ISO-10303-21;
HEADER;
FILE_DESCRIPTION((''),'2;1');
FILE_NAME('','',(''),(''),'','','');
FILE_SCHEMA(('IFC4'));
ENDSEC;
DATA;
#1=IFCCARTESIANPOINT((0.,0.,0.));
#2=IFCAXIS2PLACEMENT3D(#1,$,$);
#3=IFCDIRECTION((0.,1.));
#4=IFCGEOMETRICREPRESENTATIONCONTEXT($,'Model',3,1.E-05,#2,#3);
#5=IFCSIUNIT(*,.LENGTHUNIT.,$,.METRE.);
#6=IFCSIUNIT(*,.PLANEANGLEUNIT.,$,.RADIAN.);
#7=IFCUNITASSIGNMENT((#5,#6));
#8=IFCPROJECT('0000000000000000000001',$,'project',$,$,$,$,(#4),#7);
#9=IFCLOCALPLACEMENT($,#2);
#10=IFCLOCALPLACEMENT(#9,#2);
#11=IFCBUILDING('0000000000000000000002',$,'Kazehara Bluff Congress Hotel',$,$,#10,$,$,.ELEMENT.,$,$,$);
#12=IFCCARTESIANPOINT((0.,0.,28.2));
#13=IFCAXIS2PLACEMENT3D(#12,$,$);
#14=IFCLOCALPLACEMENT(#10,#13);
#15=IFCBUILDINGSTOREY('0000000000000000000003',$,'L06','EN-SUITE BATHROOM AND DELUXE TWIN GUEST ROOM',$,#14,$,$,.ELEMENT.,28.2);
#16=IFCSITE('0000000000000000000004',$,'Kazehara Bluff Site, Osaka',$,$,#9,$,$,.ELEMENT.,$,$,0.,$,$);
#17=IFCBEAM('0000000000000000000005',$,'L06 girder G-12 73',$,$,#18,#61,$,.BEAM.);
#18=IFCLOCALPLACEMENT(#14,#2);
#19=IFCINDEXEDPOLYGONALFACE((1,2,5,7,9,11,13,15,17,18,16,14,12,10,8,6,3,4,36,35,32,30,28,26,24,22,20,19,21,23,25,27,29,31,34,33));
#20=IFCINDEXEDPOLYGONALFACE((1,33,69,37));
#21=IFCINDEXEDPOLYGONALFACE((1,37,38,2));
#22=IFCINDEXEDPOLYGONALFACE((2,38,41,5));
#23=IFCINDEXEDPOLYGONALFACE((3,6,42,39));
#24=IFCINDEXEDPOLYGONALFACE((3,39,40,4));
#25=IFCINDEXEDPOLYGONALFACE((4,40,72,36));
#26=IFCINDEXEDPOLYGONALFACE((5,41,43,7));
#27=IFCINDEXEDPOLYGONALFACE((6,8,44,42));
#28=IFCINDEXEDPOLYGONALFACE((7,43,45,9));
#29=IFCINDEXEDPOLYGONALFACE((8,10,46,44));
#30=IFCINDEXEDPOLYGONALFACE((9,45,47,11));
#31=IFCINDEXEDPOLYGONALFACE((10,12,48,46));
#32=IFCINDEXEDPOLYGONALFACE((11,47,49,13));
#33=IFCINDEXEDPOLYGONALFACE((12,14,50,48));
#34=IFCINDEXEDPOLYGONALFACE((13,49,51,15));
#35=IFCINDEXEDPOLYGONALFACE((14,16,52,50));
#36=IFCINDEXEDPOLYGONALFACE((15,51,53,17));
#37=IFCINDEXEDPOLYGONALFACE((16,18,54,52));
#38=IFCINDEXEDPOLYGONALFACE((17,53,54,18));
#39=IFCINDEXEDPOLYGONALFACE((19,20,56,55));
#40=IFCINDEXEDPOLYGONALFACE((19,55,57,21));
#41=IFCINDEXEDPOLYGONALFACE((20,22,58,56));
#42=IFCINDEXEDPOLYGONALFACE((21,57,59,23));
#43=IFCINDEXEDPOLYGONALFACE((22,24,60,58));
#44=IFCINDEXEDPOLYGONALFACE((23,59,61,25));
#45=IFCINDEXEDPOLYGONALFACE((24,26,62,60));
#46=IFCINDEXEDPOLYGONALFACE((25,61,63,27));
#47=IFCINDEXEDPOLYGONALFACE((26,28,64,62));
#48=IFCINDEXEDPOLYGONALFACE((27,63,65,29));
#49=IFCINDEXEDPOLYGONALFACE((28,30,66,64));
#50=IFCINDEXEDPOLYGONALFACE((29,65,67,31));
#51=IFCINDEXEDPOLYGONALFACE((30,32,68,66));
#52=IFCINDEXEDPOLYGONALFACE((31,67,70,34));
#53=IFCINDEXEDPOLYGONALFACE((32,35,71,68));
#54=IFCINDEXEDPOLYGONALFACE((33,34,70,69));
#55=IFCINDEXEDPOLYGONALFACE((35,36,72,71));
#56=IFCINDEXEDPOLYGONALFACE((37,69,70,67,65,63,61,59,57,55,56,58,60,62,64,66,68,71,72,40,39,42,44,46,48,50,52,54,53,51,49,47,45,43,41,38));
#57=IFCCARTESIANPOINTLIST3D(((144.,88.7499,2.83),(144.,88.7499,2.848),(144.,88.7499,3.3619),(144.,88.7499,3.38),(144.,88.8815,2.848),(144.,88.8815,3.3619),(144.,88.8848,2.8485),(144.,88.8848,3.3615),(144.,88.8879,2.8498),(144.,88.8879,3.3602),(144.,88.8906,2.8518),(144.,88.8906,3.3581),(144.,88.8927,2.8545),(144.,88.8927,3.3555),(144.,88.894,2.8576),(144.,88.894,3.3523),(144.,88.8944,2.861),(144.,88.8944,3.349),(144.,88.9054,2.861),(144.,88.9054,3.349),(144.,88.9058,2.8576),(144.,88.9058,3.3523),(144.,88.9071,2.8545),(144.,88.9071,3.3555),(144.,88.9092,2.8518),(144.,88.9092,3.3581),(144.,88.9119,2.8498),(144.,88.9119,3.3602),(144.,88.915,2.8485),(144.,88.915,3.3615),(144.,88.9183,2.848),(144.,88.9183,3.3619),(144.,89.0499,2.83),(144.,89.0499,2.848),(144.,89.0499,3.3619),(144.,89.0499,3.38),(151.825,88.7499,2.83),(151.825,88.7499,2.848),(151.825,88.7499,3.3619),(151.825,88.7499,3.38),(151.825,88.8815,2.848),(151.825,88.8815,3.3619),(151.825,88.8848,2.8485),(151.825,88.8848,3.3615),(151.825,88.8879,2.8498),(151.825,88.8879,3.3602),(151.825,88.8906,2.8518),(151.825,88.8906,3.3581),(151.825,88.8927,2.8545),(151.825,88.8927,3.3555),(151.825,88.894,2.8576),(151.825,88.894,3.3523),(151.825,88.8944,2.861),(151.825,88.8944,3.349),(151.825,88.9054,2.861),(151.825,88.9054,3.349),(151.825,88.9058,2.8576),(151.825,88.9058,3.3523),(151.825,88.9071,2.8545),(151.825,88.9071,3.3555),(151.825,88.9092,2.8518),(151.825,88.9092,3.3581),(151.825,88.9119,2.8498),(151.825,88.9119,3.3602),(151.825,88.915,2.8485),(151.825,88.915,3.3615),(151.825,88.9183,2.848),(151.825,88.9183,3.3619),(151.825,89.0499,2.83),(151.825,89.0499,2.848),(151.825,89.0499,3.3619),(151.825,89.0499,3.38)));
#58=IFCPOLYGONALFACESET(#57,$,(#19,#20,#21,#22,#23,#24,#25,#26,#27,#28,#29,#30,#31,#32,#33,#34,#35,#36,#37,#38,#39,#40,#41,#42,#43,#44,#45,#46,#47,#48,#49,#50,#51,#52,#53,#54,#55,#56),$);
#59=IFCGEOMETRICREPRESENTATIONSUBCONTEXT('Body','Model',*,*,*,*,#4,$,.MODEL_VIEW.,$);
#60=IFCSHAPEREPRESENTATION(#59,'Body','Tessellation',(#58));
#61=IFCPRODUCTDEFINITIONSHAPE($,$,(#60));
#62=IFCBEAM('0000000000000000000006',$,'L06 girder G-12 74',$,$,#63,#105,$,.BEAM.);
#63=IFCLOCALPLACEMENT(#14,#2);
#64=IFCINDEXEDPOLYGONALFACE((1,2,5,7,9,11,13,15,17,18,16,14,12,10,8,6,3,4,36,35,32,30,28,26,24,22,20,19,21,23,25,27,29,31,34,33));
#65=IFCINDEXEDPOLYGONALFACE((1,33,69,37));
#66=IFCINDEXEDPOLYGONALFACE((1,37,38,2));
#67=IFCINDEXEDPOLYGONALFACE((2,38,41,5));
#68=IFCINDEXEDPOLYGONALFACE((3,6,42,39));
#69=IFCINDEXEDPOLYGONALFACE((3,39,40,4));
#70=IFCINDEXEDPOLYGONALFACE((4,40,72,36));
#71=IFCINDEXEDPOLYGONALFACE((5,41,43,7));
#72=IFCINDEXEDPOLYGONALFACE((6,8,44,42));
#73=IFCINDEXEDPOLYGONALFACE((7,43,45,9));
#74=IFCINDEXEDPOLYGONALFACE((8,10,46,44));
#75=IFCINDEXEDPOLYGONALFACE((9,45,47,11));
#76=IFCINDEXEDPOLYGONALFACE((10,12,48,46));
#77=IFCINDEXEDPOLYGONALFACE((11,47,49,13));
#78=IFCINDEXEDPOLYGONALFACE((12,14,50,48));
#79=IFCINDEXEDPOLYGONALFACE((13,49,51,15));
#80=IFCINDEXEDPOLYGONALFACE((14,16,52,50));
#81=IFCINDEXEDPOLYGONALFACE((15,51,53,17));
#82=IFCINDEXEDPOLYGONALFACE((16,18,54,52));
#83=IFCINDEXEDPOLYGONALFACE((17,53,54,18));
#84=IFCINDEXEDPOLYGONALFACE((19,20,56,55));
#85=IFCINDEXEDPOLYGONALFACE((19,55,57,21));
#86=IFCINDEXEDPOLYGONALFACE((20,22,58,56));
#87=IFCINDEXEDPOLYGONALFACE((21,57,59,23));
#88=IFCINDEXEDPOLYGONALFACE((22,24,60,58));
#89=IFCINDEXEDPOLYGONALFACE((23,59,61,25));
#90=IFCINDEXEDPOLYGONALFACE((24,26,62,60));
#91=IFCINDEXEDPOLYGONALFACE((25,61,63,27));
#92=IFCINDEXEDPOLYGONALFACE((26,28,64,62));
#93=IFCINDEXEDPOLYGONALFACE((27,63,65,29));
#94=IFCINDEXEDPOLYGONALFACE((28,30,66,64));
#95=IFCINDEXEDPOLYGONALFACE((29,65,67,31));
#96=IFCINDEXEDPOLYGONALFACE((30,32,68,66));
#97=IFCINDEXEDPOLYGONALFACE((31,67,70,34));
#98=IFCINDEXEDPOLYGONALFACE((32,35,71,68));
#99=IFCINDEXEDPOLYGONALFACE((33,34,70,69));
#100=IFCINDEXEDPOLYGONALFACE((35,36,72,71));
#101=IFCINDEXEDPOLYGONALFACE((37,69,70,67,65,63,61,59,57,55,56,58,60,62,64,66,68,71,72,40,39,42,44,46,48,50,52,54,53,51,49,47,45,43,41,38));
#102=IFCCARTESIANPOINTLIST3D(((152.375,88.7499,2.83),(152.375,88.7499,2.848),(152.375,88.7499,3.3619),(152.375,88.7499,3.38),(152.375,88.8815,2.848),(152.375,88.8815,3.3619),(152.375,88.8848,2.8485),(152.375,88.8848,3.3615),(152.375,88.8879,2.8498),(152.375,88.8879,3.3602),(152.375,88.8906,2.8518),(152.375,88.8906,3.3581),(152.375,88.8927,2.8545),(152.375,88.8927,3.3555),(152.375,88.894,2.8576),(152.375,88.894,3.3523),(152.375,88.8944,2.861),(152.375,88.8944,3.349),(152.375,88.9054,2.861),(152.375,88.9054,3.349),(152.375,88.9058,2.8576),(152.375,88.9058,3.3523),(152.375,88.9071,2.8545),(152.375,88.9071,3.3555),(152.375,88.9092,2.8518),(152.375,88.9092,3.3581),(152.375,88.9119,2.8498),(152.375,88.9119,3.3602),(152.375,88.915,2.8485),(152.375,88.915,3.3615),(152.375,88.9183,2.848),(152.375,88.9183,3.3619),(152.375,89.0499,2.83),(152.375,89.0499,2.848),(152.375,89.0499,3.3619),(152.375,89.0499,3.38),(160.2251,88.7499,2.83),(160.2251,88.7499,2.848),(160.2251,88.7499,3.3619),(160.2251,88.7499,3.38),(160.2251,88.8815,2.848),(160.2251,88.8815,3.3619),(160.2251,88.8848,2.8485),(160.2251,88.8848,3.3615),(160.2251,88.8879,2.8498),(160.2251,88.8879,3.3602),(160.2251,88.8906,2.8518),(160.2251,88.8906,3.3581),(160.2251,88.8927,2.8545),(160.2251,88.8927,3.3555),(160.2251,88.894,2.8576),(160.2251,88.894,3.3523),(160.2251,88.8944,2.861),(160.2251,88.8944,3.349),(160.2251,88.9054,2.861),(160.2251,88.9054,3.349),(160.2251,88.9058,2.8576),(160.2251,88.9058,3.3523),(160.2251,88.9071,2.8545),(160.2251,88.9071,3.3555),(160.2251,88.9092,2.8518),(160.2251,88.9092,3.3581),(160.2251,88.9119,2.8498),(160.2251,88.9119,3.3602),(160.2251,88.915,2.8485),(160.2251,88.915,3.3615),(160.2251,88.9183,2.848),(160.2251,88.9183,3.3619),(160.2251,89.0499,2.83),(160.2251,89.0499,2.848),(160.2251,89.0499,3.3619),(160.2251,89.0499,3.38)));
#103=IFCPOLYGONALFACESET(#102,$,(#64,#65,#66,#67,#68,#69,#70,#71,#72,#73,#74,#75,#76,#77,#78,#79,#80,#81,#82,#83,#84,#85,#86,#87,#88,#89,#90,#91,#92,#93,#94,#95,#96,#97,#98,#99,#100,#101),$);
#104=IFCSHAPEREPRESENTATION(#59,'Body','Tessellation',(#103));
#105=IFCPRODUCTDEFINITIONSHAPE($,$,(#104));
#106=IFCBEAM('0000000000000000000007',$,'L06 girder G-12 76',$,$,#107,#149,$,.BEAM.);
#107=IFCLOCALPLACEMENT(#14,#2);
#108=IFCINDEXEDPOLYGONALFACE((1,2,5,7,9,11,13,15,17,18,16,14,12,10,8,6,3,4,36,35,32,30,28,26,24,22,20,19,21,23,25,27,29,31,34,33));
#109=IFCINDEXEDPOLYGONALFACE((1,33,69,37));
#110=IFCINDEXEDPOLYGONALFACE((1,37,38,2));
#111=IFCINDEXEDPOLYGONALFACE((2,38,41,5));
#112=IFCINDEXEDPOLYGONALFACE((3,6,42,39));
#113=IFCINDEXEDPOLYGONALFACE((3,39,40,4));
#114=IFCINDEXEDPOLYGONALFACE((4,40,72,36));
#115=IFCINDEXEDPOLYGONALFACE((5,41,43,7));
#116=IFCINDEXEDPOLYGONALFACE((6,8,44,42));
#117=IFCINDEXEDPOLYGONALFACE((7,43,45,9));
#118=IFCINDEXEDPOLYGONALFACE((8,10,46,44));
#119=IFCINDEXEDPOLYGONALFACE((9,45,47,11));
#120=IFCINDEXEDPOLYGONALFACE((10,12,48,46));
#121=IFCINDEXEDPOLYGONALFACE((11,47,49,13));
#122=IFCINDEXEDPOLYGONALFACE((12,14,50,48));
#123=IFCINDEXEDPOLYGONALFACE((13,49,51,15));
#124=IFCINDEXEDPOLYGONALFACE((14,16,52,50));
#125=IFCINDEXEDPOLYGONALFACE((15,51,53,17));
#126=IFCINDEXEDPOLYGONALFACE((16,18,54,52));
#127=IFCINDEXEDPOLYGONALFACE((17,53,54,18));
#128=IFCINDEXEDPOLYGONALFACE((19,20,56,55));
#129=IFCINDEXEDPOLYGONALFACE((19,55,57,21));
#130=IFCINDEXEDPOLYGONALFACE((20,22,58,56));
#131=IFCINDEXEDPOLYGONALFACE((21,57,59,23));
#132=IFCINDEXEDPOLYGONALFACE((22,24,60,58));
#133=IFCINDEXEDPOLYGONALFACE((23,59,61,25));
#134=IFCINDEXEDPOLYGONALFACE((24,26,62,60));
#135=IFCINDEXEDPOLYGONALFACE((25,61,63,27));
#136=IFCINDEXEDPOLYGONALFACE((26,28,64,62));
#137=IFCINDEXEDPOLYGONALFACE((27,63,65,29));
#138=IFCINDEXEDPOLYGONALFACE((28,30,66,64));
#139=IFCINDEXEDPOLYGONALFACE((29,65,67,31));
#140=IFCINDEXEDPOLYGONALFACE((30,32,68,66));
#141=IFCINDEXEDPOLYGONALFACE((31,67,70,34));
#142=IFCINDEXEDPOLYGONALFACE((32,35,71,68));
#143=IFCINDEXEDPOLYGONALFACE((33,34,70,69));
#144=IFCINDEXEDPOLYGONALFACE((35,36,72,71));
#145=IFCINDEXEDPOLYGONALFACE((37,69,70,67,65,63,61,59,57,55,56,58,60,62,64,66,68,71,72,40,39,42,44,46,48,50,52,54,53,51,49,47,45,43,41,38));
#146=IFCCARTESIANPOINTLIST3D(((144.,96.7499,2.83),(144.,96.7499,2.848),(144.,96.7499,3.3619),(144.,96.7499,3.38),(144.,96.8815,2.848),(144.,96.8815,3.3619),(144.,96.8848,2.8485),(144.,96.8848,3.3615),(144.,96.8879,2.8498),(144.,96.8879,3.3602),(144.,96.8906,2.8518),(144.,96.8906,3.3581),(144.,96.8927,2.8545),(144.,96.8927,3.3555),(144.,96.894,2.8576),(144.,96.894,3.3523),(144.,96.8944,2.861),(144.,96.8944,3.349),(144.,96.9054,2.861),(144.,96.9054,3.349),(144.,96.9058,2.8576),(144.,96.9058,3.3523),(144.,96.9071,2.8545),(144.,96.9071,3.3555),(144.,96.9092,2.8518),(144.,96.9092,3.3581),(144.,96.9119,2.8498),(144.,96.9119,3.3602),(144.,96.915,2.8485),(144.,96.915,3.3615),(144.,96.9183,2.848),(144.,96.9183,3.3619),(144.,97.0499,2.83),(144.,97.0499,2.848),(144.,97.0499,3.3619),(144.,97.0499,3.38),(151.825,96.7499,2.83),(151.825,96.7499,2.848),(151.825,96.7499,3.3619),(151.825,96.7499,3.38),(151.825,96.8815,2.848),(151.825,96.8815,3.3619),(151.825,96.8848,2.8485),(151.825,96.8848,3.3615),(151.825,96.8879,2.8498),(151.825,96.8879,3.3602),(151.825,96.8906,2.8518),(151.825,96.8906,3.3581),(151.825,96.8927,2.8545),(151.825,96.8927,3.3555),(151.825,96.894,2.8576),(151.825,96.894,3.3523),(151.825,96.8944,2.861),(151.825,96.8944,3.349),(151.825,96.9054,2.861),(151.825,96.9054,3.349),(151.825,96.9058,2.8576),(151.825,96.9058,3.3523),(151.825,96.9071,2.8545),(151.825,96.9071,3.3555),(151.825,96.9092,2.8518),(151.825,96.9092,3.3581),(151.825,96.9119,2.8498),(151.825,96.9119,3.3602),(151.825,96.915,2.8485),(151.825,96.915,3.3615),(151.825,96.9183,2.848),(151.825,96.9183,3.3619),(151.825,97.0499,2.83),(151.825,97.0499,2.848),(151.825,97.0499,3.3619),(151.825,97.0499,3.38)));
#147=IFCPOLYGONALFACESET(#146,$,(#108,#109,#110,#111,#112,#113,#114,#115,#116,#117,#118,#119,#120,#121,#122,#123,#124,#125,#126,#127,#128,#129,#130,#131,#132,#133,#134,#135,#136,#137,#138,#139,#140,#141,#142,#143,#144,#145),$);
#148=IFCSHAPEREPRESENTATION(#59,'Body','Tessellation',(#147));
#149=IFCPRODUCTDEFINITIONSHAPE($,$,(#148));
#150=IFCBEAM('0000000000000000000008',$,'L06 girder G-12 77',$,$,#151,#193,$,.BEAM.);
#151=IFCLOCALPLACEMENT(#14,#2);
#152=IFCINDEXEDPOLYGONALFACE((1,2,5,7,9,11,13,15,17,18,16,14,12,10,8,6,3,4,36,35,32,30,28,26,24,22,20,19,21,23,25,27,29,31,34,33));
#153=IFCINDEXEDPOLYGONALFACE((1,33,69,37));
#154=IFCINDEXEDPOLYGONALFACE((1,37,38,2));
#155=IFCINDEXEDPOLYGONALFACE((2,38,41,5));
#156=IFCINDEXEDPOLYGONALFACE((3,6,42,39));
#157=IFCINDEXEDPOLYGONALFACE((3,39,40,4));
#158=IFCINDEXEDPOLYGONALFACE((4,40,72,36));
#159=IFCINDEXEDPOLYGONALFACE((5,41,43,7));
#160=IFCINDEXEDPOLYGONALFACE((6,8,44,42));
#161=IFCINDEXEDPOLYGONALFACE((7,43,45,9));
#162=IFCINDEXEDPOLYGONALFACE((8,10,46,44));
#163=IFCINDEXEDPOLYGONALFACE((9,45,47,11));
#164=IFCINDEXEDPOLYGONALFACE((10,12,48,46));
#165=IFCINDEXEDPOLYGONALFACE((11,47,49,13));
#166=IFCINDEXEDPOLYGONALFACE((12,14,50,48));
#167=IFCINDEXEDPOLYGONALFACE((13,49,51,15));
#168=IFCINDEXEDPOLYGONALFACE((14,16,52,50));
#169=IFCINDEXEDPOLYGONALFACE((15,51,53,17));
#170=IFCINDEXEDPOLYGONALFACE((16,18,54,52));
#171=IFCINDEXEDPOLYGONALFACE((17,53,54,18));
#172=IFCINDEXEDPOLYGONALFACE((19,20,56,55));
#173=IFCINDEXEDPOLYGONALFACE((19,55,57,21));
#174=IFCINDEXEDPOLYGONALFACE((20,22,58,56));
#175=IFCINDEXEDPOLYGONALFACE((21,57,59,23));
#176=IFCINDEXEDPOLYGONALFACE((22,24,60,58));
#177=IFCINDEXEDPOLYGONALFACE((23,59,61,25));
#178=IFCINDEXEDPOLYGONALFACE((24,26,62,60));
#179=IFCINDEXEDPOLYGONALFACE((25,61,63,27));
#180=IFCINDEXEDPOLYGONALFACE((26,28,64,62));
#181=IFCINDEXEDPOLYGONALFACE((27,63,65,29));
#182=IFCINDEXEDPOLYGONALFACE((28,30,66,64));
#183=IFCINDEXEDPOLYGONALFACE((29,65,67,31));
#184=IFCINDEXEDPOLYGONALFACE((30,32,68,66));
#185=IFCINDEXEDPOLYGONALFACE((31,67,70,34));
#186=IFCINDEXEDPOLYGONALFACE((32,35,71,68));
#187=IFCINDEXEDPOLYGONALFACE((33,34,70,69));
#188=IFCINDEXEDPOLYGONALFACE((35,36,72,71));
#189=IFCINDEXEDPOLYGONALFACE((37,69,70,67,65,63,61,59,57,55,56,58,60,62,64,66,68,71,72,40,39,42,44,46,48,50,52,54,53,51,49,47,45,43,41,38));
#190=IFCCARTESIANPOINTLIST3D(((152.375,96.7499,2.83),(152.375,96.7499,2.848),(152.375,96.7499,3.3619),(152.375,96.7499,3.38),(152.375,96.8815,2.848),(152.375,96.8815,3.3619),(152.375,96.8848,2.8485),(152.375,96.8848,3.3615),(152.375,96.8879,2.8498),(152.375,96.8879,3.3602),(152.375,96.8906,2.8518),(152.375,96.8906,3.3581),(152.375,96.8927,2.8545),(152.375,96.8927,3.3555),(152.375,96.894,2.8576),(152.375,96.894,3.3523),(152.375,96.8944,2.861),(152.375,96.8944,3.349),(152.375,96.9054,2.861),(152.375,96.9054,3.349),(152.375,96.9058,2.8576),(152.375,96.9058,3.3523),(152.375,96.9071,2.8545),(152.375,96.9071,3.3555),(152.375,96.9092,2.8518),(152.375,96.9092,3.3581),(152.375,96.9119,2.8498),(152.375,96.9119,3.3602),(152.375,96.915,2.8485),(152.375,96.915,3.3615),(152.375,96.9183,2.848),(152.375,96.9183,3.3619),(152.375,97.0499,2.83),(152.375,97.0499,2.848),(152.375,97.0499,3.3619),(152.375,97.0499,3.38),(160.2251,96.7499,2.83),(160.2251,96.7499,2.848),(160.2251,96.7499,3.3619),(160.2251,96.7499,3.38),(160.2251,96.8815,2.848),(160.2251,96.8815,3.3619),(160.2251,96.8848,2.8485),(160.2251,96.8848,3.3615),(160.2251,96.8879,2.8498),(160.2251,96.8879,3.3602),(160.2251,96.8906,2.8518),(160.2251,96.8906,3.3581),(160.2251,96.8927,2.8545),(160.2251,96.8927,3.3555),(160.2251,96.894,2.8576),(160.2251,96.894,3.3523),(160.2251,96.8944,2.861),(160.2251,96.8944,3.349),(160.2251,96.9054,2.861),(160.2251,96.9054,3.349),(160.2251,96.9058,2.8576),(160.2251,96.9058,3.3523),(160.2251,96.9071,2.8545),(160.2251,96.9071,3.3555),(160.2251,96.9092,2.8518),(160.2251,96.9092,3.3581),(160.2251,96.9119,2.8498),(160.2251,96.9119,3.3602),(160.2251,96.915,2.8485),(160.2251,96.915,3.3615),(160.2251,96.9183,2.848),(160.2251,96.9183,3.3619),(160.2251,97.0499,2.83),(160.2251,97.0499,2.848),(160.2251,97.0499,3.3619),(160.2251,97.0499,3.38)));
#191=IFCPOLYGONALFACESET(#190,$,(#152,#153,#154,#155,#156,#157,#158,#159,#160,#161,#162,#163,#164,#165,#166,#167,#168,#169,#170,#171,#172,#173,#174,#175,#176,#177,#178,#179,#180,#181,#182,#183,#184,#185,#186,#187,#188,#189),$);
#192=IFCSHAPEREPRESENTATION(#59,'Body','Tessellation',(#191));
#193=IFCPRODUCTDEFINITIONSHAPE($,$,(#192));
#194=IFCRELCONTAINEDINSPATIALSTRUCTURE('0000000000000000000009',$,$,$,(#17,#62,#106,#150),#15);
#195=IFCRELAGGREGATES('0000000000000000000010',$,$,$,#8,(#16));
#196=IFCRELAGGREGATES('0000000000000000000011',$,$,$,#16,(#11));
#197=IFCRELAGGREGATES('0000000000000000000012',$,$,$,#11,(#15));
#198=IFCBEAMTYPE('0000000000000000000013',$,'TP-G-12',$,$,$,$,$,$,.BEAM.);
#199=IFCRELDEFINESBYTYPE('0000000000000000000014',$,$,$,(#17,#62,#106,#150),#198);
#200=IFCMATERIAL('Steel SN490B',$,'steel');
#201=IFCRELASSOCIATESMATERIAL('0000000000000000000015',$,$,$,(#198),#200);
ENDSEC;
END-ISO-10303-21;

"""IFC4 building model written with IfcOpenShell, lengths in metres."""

from ifc_helpers import new_model, si_unit, direction, frame, origin, origin_2d, place, context, subcontext, project, spatial, i_section, extrude, material, material_profile, profile_set, type_object, element, save


model = new_model("IFC4")

# Units and contexts
model_context = context("Model", 3, precision=1e-05, world=origin(), true_north=direction((0.0, 1.0)))
body_context = subcontext(model_context, "Body", "Model", "MODEL_VIEW")
ifc_project = project(units=[si_unit("LENGTHUNIT", "METRE"), si_unit("PLANEANGLEUNIT", "RADIAN")], contexts=[model_context])

# Site, building, storey
site_placement = place(None, origin())
site = spatial("IfcSite", under=ifc_project, at=site_placement, Name="Kazehara Bluff Site, Osaka", CompositionType="ELEMENT", RefElevation=0.0)
building_placement = place(site_placement, origin())
building = spatial("IfcBuilding", under=site, at=building_placement, Name="Kazehara Bluff Congress Hotel", CompositionType="ELEMENT")
storey_placement = place(building_placement, frame((0.0, 0.0, 28.2)))
storey = spatial("IfcBuildingStorey", under=building, at=storey_placement, Name="L06", Description="EN-SUITE BATHROOM AND DELUXE TWIN GUEST ROOM", CompositionType="ELEMENT", Elevation=28.2)

# Beams
ifc_material_1 = material(Name="Steel SN490B", Category="steel")
ifc_material_profile_1 = material_profile(ifc_material_1, i_section(OverallWidth=0.3, OverallDepth=0.55, WebThickness=0.011, FlangeThickness=0.0181, FilletRadius=0.0129, at=origin_2d()))
ifc_profile_set_1 = profile_set([ifc_material_profile_1], Name="Steel SN490B")
beam_type_1 = type_object("IfcBeamType", Name="TP-G-12", PredefinedType="BEAM", material=ifc_profile_set_1)
beam_1_placement = place(storey_placement, frame((144.0, 88.8999, 3.105), z_axis=(1.0, 0.0, 0.0), x_axis=(0.0, 1.0, 0.0)))
element("IfcBeam", 1, at=beam_1_placement, inside=storey, type_object=beam_type_1, Name="L06 girder G-12 73", PredefinedType="BEAM", context=body_context, shape_type="SweptSolid", body=[
    extrude(i_section(OverallWidth=0.3, OverallDepth=0.55, WebThickness=0.011, FlangeThickness=0.0181, FilletRadius=0.0129, at=origin_2d()), origin(), (0.0, 0.0, 1.0), 7.825),
])
beam_2_placement = place(storey_placement, frame((152.375, 88.8999, 3.105), z_axis=(1.0, 0.0, 0.0), x_axis=(0.0, 1.0, 0.0)))
element("IfcBeam", 2, at=beam_2_placement, inside=storey, type_object=beam_type_1, Name="L06 girder G-12 74", PredefinedType="BEAM", context=body_context, shape_type="SweptSolid", body=[
    extrude(i_section(OverallWidth=0.3, OverallDepth=0.55, WebThickness=0.011, FlangeThickness=0.0181, FilletRadius=0.0129, at=origin_2d()), origin(), (0.0, 0.0, 1.0), 7.8501),
])
beam_3_placement = place(storey_placement, frame((144.0, 96.8999, 3.105), z_axis=(1.0, 0.0, 0.0), x_axis=(0.0, 1.0, 0.0)))
element("IfcBeam", 3, at=beam_3_placement, inside=storey, type_object=beam_type_1, Name="L06 girder G-12 76", PredefinedType="BEAM", context=body_context, shape_type="SweptSolid", body=[
    extrude(i_section(OverallWidth=0.3, OverallDepth=0.55, WebThickness=0.011, FlangeThickness=0.0181, FilletRadius=0.0129, at=origin_2d()), origin(), (0.0, 0.0, 1.0), 7.825),
])
beam_4_placement = place(storey_placement, frame((152.375, 96.8999, 3.105), z_axis=(1.0, 0.0, 0.0), x_axis=(0.0, 1.0, 0.0)))
element("IfcBeam", 4, at=beam_4_placement, inside=storey, type_object=beam_type_1, Name="L06 girder G-12 77", PredefinedType="BEAM", context=body_context, shape_type="SweptSolid", body=[
    extrude(i_section(OverallWidth=0.3, OverallDepth=0.55, WebThickness=0.011, FlangeThickness=0.0181, FilletRadius=0.0129, at=origin_2d()), origin(), (0.0, 0.0, 1.0), 7.8501),
])

save(model, "model.ifc")
